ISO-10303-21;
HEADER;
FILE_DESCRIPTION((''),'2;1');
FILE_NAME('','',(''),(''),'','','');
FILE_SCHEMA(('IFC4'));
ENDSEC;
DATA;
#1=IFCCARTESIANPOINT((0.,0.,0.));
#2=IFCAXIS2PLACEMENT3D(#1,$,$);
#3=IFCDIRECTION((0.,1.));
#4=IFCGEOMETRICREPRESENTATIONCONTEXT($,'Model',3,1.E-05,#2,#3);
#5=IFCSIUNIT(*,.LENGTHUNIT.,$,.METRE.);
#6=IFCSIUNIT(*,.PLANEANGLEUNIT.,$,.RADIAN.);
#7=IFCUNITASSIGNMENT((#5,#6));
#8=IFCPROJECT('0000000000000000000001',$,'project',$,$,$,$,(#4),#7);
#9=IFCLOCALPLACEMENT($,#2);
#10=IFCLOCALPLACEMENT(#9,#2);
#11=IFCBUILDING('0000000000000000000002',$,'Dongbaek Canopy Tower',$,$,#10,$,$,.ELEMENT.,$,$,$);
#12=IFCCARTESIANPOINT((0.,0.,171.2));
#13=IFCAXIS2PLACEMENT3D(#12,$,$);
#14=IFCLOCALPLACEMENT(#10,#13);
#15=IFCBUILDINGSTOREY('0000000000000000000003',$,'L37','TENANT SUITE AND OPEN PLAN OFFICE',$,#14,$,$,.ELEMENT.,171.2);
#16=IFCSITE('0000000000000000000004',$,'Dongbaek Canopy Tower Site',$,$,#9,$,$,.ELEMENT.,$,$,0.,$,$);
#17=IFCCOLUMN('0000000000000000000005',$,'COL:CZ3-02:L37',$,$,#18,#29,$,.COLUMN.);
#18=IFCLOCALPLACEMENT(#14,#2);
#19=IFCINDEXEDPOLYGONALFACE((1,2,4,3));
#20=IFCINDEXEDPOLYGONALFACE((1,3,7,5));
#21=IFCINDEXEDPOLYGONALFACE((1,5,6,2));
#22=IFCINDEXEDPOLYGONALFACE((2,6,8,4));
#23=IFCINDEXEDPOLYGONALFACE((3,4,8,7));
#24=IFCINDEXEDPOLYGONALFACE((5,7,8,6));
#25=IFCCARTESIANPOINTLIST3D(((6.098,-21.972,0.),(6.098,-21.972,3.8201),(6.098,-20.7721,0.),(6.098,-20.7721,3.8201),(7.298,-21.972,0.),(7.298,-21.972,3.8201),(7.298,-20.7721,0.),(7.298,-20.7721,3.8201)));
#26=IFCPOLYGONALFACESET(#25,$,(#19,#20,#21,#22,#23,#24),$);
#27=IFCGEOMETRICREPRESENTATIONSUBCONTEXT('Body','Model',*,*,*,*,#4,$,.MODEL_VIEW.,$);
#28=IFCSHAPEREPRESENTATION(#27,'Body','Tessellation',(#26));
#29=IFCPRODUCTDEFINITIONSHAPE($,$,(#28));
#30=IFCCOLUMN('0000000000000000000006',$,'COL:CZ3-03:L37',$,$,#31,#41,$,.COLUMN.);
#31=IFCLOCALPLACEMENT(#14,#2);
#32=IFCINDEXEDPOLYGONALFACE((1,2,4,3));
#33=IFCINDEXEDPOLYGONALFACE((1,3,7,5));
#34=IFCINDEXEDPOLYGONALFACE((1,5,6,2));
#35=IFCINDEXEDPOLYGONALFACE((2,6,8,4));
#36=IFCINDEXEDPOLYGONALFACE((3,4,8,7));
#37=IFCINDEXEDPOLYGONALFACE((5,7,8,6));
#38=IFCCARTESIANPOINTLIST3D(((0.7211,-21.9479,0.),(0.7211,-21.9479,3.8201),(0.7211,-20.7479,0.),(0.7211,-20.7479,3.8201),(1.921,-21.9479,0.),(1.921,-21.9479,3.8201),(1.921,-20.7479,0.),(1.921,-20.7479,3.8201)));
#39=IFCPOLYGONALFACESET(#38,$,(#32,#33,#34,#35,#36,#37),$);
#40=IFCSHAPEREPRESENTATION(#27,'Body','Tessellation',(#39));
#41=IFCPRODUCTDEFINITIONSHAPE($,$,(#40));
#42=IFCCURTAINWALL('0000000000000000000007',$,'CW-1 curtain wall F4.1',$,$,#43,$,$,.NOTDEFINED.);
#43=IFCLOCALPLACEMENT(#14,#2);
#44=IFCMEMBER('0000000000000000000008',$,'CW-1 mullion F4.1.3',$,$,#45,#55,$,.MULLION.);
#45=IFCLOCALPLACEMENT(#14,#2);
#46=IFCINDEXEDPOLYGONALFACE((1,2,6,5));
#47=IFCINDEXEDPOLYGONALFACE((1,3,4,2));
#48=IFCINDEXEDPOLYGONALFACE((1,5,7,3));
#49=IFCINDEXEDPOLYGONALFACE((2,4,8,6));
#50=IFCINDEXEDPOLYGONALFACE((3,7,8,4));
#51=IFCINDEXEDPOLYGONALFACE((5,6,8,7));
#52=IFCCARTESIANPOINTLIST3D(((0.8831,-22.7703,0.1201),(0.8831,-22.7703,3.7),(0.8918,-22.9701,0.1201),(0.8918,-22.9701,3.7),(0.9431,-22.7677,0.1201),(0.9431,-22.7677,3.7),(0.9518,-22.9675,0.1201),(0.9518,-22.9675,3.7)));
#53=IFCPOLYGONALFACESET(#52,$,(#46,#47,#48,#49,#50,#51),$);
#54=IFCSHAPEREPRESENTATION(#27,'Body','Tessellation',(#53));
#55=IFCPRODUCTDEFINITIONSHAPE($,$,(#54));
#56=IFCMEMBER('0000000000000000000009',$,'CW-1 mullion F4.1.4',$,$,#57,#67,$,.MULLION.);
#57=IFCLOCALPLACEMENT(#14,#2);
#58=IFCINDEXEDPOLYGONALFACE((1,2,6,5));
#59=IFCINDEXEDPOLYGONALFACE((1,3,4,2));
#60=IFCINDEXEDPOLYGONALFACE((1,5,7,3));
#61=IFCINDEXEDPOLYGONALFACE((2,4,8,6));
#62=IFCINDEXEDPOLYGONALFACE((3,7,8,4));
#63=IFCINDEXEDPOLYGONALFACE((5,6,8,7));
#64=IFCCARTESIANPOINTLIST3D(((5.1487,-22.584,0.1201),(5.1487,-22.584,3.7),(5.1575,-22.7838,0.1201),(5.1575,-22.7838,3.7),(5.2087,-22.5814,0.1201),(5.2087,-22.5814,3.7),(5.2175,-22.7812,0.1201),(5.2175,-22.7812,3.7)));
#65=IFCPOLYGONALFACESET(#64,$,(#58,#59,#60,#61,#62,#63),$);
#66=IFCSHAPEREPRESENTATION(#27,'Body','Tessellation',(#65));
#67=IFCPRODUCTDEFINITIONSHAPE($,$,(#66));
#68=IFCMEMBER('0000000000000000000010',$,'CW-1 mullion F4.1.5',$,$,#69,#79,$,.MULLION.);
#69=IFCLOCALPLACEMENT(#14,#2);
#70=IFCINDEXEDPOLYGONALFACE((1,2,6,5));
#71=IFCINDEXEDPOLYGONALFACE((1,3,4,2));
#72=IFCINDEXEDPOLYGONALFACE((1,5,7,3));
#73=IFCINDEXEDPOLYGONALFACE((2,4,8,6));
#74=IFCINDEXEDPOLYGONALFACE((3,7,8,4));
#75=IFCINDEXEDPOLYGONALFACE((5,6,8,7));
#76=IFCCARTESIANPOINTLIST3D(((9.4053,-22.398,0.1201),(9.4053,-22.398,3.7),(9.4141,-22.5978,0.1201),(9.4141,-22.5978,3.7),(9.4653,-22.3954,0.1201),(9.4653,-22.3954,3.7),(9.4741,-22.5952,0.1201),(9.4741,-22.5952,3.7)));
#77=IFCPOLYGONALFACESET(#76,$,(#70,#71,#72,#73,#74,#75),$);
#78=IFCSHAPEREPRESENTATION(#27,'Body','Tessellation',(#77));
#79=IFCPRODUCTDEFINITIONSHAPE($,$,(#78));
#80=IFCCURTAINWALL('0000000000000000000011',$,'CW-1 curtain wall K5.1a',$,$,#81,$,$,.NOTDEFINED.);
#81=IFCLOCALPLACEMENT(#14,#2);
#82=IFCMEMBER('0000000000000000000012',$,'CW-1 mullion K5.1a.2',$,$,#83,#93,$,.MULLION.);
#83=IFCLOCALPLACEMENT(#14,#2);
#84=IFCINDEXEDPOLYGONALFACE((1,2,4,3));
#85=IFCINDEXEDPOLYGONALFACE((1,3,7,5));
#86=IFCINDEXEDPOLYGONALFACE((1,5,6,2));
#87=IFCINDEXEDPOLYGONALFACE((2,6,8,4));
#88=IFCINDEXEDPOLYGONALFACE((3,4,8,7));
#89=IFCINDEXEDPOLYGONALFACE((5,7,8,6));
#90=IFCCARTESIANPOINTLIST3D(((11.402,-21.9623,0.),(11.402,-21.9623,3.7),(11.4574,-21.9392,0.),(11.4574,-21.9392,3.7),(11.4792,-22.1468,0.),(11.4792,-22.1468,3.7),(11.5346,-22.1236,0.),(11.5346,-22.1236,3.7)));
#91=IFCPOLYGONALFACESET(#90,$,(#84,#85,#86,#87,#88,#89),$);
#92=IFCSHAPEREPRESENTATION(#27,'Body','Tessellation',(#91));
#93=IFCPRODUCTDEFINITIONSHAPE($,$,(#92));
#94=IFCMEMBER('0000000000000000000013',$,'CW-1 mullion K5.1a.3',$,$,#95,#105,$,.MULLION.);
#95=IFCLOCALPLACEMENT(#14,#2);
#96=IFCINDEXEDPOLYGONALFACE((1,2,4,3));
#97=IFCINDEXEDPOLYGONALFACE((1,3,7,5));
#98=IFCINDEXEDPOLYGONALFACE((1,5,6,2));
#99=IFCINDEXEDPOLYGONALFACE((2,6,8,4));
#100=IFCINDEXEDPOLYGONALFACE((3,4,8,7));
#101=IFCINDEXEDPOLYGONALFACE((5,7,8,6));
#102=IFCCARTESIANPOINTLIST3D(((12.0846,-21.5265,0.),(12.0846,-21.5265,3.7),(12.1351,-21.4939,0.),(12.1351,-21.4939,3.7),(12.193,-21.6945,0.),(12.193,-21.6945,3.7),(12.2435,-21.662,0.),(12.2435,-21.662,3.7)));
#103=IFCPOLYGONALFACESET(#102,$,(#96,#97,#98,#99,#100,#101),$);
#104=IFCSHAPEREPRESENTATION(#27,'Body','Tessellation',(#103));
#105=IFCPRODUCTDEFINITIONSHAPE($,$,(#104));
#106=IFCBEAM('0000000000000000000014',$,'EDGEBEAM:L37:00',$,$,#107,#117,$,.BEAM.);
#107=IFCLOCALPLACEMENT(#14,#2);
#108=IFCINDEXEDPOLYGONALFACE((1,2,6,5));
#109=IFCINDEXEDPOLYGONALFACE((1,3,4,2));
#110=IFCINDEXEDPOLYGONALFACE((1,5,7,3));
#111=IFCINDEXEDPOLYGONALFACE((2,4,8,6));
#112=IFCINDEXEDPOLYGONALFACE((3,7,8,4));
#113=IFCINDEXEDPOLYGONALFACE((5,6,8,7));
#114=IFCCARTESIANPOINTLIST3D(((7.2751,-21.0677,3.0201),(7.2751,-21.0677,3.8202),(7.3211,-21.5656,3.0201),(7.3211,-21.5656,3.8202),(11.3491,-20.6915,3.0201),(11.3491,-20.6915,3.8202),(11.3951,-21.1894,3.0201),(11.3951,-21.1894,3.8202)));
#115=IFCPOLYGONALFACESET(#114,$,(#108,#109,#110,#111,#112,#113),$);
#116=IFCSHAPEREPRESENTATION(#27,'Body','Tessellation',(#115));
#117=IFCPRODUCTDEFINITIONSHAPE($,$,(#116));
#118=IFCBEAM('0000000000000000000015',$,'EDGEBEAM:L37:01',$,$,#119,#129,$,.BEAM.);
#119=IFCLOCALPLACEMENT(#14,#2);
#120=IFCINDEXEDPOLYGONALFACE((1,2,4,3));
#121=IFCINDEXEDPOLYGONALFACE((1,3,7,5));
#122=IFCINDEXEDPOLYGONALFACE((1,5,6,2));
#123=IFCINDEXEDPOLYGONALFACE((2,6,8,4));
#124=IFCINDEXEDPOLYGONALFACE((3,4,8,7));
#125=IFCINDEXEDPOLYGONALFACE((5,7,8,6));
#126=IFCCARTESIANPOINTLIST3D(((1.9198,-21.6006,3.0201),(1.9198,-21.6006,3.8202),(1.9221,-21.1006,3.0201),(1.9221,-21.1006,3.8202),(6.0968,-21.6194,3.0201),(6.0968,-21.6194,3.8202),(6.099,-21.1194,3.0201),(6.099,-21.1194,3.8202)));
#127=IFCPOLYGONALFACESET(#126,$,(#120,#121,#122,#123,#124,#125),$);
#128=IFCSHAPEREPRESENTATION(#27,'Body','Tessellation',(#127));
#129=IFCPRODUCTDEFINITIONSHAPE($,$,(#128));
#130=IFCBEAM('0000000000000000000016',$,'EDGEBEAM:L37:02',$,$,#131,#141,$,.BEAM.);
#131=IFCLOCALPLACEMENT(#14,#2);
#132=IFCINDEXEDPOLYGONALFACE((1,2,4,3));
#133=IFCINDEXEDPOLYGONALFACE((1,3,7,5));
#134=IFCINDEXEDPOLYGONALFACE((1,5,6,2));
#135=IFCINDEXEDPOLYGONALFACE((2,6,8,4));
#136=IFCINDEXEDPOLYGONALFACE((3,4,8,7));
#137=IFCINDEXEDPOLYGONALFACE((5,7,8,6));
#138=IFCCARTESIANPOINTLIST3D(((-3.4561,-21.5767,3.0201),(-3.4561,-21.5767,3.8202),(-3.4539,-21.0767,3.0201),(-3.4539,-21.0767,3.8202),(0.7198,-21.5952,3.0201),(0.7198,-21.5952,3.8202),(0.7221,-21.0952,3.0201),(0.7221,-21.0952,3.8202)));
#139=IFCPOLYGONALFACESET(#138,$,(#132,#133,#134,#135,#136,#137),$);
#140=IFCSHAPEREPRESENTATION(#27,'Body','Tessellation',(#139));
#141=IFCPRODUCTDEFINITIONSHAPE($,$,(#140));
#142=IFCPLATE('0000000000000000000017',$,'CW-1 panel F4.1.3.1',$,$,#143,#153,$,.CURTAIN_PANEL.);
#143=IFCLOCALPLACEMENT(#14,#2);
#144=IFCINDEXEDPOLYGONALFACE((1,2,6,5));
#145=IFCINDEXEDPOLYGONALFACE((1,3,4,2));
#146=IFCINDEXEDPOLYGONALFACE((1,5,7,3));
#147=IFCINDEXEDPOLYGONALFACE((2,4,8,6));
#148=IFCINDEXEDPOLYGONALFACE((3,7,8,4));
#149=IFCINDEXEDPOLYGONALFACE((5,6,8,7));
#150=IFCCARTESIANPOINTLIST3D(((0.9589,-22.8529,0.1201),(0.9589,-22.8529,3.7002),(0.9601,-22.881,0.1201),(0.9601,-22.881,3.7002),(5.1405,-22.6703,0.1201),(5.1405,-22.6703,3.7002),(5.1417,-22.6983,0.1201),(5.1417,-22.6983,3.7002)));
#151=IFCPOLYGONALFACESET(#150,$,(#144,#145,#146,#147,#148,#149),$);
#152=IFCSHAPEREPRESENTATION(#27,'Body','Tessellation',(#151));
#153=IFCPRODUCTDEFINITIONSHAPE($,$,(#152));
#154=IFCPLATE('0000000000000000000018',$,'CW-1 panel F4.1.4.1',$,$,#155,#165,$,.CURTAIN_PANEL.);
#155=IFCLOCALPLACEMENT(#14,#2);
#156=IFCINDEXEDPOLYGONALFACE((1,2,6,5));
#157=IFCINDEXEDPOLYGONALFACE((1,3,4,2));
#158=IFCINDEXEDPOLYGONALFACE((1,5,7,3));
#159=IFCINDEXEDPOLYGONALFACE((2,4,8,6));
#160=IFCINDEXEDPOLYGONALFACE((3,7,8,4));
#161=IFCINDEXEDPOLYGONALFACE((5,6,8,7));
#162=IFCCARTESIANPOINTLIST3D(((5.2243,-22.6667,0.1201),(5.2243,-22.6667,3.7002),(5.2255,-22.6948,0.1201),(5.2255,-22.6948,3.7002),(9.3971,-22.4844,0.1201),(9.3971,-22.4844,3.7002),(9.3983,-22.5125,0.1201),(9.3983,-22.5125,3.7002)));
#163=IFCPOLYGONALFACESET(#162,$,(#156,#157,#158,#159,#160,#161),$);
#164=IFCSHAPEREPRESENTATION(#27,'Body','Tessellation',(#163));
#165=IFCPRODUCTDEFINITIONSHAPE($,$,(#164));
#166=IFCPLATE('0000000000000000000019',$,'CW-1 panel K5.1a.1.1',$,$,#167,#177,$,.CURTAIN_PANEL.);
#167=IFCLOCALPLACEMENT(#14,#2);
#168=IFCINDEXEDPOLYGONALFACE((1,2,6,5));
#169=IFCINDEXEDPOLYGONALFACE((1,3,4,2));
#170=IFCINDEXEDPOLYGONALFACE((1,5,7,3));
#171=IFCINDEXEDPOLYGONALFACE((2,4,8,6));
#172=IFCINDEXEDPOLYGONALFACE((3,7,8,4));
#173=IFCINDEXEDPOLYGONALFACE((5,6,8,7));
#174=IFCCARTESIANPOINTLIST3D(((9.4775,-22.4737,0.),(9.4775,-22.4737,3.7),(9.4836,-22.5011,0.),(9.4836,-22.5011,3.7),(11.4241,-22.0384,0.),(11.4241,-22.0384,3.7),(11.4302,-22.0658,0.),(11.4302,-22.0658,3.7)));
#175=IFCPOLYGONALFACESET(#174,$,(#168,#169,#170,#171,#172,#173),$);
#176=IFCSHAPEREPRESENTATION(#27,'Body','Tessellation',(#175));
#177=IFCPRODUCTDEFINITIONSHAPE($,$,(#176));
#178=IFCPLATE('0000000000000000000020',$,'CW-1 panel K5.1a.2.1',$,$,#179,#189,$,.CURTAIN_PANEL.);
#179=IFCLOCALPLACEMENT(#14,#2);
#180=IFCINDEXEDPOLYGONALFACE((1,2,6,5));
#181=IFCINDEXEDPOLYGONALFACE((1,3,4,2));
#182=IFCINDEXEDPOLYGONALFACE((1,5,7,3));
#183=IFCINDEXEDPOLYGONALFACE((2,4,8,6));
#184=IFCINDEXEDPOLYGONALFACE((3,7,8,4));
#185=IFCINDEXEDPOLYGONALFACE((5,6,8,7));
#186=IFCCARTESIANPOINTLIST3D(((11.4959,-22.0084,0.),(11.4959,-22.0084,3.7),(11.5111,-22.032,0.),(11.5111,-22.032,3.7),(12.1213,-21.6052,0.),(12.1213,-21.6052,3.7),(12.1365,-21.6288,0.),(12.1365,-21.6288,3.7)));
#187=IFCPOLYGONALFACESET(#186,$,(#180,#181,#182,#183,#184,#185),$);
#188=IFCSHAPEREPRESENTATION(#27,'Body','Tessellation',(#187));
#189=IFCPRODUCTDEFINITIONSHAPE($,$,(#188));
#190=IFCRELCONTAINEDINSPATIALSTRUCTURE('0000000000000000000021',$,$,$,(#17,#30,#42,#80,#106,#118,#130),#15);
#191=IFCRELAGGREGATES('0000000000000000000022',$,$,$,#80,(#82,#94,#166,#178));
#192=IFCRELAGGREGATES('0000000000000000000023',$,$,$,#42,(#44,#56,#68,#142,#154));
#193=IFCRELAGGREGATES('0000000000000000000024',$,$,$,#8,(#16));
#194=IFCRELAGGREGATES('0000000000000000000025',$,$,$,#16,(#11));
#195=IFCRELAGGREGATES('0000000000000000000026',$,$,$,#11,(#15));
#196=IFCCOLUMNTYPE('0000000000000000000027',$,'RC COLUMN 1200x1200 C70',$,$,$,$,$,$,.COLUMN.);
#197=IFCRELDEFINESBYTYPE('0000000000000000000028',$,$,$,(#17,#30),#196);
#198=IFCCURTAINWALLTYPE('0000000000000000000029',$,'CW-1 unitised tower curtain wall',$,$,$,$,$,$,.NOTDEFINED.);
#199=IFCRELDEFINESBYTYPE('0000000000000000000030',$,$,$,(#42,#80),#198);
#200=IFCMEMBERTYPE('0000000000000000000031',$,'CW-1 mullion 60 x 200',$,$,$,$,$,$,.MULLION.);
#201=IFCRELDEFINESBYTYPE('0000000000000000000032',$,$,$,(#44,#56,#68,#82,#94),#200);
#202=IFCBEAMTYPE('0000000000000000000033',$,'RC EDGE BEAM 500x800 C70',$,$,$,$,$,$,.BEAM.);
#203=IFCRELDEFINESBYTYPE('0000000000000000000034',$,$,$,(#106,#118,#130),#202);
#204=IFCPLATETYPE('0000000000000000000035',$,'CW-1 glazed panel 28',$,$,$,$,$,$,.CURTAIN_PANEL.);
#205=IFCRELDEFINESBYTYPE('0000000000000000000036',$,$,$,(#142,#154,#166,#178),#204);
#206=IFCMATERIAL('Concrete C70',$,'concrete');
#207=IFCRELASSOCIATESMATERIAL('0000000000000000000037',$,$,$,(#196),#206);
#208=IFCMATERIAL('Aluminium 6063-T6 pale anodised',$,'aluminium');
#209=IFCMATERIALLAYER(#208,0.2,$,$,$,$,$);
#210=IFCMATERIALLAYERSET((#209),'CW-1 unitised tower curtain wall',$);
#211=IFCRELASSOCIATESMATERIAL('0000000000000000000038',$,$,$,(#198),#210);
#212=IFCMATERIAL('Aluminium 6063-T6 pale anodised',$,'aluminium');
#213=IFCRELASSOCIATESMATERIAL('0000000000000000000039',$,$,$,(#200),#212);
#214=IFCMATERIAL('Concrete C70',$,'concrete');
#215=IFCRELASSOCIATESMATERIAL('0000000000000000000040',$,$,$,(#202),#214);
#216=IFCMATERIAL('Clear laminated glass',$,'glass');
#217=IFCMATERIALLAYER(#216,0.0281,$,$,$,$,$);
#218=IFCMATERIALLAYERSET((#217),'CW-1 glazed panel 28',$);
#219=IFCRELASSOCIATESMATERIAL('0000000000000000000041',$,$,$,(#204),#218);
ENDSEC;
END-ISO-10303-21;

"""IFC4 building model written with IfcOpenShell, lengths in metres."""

from ifc_helpers import new_model, si_unit, direction, frame, origin, origin_2d, place, context, subcontext, project, spatial, rectangle, extrude, material, layer, layer_set, material_profile, profile_set, type_object, element, aggregate, save


model = new_model("IFC4")

# Units and contexts
model_context = context("Model", 3, precision=1e-05, world=origin(), true_north=direction((0.0, 1.0)))
body_context = subcontext(model_context, "Body", "Model", "MODEL_VIEW")
ifc_project = project(units=[si_unit("LENGTHUNIT", "METRE"), si_unit("PLANEANGLEUNIT", "RADIAN")], contexts=[model_context])

# Site, building, storey
site_placement = place(None, origin())
site = spatial("IfcSite", under=ifc_project, at=site_placement, Name="Dongbaek Canopy Tower Site", CompositionType="ELEMENT", RefElevation=0.0)
building_placement = place(site_placement, origin())
building = spatial("IfcBuilding", under=site, at=building_placement, Name="Dongbaek Canopy Tower", CompositionType="ELEMENT")
storey_placement = place(building_placement, frame((0.0, 0.0, 171.2)))
storey = spatial("IfcBuildingStorey", under=building, at=storey_placement, Name="L37", Description="TENANT SUITE AND OPEN PLAN OFFICE", CompositionType="ELEMENT", Elevation=171.2)

# Columns
ifc_material_1 = material(Name="Concrete C70", Category="concrete")
ifc_material_profile_1 = material_profile(ifc_material_1, rectangle(XDim=1.2, YDim=1.2, at=origin_2d()), Name="RC COLUMN 1200x1200 C70")
ifc_profile_set_1 = profile_set([ifc_material_profile_1], Name="Concrete C70")
column_type = type_object("IfcColumnType", Name="RC COLUMN 1200x1200 C70", PredefinedType="COLUMN", material=ifc_profile_set_1)
for number, where, z_axis, x_axis, name in (
    (1, (6.698, -21.3721, 0.0), (0.0, 0.0, 1.0), (1.0, 0.0, 0.0), "COL:CZ3-02:L37"),
    (2, (1.321, -21.3479, 0.0), (0.0, 0.0, 1.0), (1.0, 0.0, 0.0), "COL:CZ3-03:L37"),
):
    element("IfcColumn", number, at=place(storey_placement, frame(where, z_axis=z_axis, x_axis=x_axis)), inside=storey, type_object=column_type, Name=name, PredefinedType="COLUMN", context=body_context, shape_type="SweptSolid", body=[
        extrude(rectangle(XDim=1.2, YDim=1.2, at=origin_2d()), origin(), (0.0, 0.0, 1.0), 3.8201),
    ])

# Curtain walls, members
ifc_material_2 = material(Name="Aluminium 6063-T6 pale anodised", Category="aluminium")
ifc_layer_1 = layer(ifc_material_2, 0.2)
ifc_layer_set_1 = layer_set([ifc_layer_1], Name="CW-1 unitised tower curtain wall")
curtain_wall_type = type_object("IfcCurtainWallType", Name="CW-1 unitised tower curtain wall", PredefinedType="NOTDEFINED", material=ifc_layer_set_1)
curtain_wall_1_placement = place(storey_placement, origin())
curtain_wall_1 = element("IfcCurtainWall", 3, at=curtain_wall_1_placement, inside=storey, type_object=curtain_wall_type, Name="CW-1 curtain wall F4.1", PredefinedType="NOTDEFINED")
ifc_material_3 = material(Name="Aluminium 6063-T6 pale anodised", Category="aluminium")
ifc_material_profile_2 = material_profile(ifc_material_3, rectangle(XDim=0.2, YDim=0.0601, at=origin_2d()), Name="CW-1 mullion 60 x 200")
ifc_profile_set_2 = profile_set([ifc_material_profile_2], Name="Aluminium 6063-T6 pale anodised")
member_type = type_object("IfcMemberType", Name="CW-1 mullion 60 x 200", PredefinedType="MULLION", material=ifc_profile_set_2)
member_1_placement = place(storey_placement, frame((0.9175, -22.8689, 0.1201), z_axis=(0.0, 0.0, 1.0), x_axis=(0.04364, -0.999047, 0.0)))
member_1 = element("IfcMember", 4, at=member_1_placement, type_object=member_type, Name="CW-1 mullion F4.1.3", PredefinedType="MULLION", context=body_context, shape_type="SweptSolid", body=[
    extrude(rectangle(XDim=0.2, YDim=0.0601, at=origin_2d()), origin(), (0.0, 0.0, 1.0), 3.5798),
])
member_2_placement = place(storey_placement, frame((5.1831, -22.6826, 0.1201), z_axis=(0.0, 0.0, 1.0), x_axis=(0.04364, -0.999047, 0.0)))
member_2 = element("IfcMember", 5, at=member_2_placement, type_object=member_type, Name="CW-1 mullion F4.1.4", PredefinedType="MULLION", context=body_context, shape_type="SweptSolid", body=[
    extrude(rectangle(XDim=0.2, YDim=0.0601, at=origin_2d()), origin(), (0.0, 0.0, 1.0), 3.5798),
])
member_3_placement = place(storey_placement, frame((9.4397, -22.4966, 0.1201), z_axis=(0.0, 0.0, 1.0), x_axis=(0.04364, -0.999047, 0.0)))
member_3 = element("IfcMember", 6, at=member_3_placement, type_object=member_type, Name="CW-1 mullion F4.1.5", PredefinedType="MULLION", context=body_context, shape_type="SweptSolid", body=[
    extrude(rectangle(XDim=0.2, YDim=0.0601, at=origin_2d()), origin(), (0.0, 0.0, 1.0), 3.5798),
])
curtain_wall_2_placement = place(storey_placement, origin())
curtain_wall_2 = element("IfcCurtainWall", 7, at=curtain_wall_2_placement, inside=storey, type_object=curtain_wall_type, Name="CW-1 curtain wall K5.1a", PredefinedType="NOTDEFINED")
member_4_placement = place(storey_placement, frame((11.4683, -22.043, 0.0), z_axis=(0.0, 0.0, 1.0), x_axis=(0.386065, -0.922471, 0.0)))
member_4 = element("IfcMember", 8, at=member_4_placement, type_object=member_type, Name="CW-1 mullion K5.1a.2", PredefinedType="MULLION", context=body_context, shape_type="SweptSolid", body=[
    extrude(rectangle(XDim=0.2, YDim=0.0601, at=origin_2d()), origin(), (0.0, 0.0, 1.0), 3.7),
])
member_5_placement = place(storey_placement, frame((12.1641, -21.5942, 0.0), z_axis=(0.0, 0.0, 1.0), x_axis=(0.541917, -0.840432, 0.0)))
member_5 = element("IfcMember", 9, at=member_5_placement, type_object=member_type, Name="CW-1 mullion K5.1a.3", PredefinedType="MULLION", context=body_context, shape_type="SweptSolid", body=[
    extrude(rectangle(XDim=0.2, YDim=0.0601, at=origin_2d()), origin(), (0.0, 0.0, 1.0), 3.7),
])

# Beams
ifc_material_4 = material(Name="Concrete C70", Category="concrete")
ifc_material_profile_3 = material_profile(ifc_material_4, rectangle(XDim=0.5, YDim=0.8, at=origin_2d()), Name="RC EDGE BEAM 500x800 C70")
ifc_profile_set_3 = profile_set([ifc_material_profile_3], Name="Concrete C70")
beam_type = type_object("IfcBeamType", Name="RC EDGE BEAM 500x800 C70", PredefinedType="BEAM", material=ifc_profile_set_3)
beam_1_placement = place(storey_placement, frame((11.3721, -20.9404, 3.4202), z_axis=(-0.995763, -0.091956, 0.0), x_axis=(0.091956, -0.995763, 0.0)))
element("IfcBeam", 10, at=beam_1_placement, inside=storey, type_object=beam_type, Name="EDGEBEAM:L37:00", PredefinedType="BEAM", context=body_context, shape_type="SweptSolid", body=[
    extrude(rectangle(XDim=0.5, YDim=0.8, at=origin_2d()), origin(), (0.0, 0.0, 1.0), 4.0913),
])
beam_2_placement = place(storey_placement, frame((6.0979, -21.3694, 3.4202), z_axis=(-0.99999, 0.004501, 0.0), x_axis=(-0.004501, -0.99999, 0.0)))
element("IfcBeam", 11, at=beam_2_placement, inside=storey, type_object=beam_type, Name="EDGEBEAM:L37:01", PredefinedType="BEAM", context=body_context, shape_type="SweptSolid", body=[
    extrude(rectangle(XDim=0.5, YDim=0.8, at=origin_2d()), origin(), (0.0, 0.0, 1.0), 4.177),
])
beam_3_placement = place(storey_placement, frame((0.7209, -21.3452, 3.4202), z_axis=(-0.99999, 0.004443, 0.0), x_axis=(-0.004443, -0.99999, 0.0)))
element("IfcBeam", 12, at=beam_3_placement, inside=storey, type_object=beam_type, Name="EDGEBEAM:L37:02", PredefinedType="BEAM", context=body_context, shape_type="SweptSolid", body=[
    extrude(rectangle(XDim=0.5, YDim=0.8, at=origin_2d()), origin(), (0.0, 0.0, 1.0), 4.176),
])

# Plates
ifc_material_5 = material(Name="Clear laminated glass", Category="glass")
ifc_layer_2 = layer(ifc_material_5, 0.0281)
ifc_layer_set_2 = layer_set([ifc_layer_2], Name="CW-1 glazed panel 28")
plate_type = type_object("IfcPlateType", Name="CW-1 glazed panel 28", PredefinedType="CURTAIN_PANEL", material=ifc_layer_set_2)
plate_1_placement = place(storey_placement, frame((3.0503, -22.7756, 0.1201), z_axis=(0.0, 0.0, 1.0), x_axis=(0.999047, 0.04364, 0.0)))
plate_1 = element("IfcPlate", 13, at=plate_1_placement, type_object=plate_type, Name="CW-1 panel F4.1.3.1", PredefinedType="CURTAIN_PANEL", context=body_context, shape_type="SweptSolid", body=[
    extrude(rectangle(XDim=4.1855, YDim=0.0281, at=origin_2d()), origin(), (0.0, 0.0, 1.0), 3.5801),
])
plate_2_placement = place(storey_placement, frame((7.3113, -22.5896, 0.1201), z_axis=(0.0, 0.0, 1.0), x_axis=(0.999047, 0.04364, 0.0)))
plate_2 = element("IfcPlate", 14, at=plate_2_placement, type_object=plate_type, Name="CW-1 panel F4.1.4.1", PredefinedType="CURTAIN_PANEL", context=body_context, shape_type="SweptSolid", body=[
    extrude(rectangle(XDim=4.1768, YDim=0.0281, at=origin_2d()), origin(), (0.0, 0.0, 1.0), 3.5801),
])
plate_3_placement = place(storey_placement, frame((10.4539, -22.2698, 0.0), z_axis=(0.0, 0.0, 1.0), x_axis=(0.975896, 0.218238, 0.0)))
plate_3 = element("IfcPlate", 15, at=plate_3_placement, type_object=plate_type, Name="CW-1 panel K5.1a.1.1", PredefinedType="CURTAIN_PANEL", context=body_context, shape_type="SweptSolid", body=[
    extrude(rectangle(XDim=1.9946, YDim=0.0281, at=origin_2d()), origin(), (0.0, 0.0, 1.0), 3.7),
])
plate_4_placement = place(storey_placement, frame((11.8162, -21.8186, 0.0), z_axis=(0.0, 0.0, 1.0), x_axis=(0.840432, 0.541917, 0.0)))
plate_4 = element("IfcPlate", 16, at=plate_4_placement, type_object=plate_type, Name="CW-1 panel K5.1a.2.1", PredefinedType="CURTAIN_PANEL", context=body_context, shape_type="SweptSolid", body=[
    extrude(rectangle(XDim=0.7441, YDim=0.0281, at=origin_2d()), origin(), (0.0, 0.0, 1.0), 3.7),
])
aggregate(curtain_wall_2, [member_4, member_5, plate_3, plate_4])

aggregate(curtain_wall_1, [member_1, member_2, member_3, plate_1, plate_2])

save(model, "model.ifc")
